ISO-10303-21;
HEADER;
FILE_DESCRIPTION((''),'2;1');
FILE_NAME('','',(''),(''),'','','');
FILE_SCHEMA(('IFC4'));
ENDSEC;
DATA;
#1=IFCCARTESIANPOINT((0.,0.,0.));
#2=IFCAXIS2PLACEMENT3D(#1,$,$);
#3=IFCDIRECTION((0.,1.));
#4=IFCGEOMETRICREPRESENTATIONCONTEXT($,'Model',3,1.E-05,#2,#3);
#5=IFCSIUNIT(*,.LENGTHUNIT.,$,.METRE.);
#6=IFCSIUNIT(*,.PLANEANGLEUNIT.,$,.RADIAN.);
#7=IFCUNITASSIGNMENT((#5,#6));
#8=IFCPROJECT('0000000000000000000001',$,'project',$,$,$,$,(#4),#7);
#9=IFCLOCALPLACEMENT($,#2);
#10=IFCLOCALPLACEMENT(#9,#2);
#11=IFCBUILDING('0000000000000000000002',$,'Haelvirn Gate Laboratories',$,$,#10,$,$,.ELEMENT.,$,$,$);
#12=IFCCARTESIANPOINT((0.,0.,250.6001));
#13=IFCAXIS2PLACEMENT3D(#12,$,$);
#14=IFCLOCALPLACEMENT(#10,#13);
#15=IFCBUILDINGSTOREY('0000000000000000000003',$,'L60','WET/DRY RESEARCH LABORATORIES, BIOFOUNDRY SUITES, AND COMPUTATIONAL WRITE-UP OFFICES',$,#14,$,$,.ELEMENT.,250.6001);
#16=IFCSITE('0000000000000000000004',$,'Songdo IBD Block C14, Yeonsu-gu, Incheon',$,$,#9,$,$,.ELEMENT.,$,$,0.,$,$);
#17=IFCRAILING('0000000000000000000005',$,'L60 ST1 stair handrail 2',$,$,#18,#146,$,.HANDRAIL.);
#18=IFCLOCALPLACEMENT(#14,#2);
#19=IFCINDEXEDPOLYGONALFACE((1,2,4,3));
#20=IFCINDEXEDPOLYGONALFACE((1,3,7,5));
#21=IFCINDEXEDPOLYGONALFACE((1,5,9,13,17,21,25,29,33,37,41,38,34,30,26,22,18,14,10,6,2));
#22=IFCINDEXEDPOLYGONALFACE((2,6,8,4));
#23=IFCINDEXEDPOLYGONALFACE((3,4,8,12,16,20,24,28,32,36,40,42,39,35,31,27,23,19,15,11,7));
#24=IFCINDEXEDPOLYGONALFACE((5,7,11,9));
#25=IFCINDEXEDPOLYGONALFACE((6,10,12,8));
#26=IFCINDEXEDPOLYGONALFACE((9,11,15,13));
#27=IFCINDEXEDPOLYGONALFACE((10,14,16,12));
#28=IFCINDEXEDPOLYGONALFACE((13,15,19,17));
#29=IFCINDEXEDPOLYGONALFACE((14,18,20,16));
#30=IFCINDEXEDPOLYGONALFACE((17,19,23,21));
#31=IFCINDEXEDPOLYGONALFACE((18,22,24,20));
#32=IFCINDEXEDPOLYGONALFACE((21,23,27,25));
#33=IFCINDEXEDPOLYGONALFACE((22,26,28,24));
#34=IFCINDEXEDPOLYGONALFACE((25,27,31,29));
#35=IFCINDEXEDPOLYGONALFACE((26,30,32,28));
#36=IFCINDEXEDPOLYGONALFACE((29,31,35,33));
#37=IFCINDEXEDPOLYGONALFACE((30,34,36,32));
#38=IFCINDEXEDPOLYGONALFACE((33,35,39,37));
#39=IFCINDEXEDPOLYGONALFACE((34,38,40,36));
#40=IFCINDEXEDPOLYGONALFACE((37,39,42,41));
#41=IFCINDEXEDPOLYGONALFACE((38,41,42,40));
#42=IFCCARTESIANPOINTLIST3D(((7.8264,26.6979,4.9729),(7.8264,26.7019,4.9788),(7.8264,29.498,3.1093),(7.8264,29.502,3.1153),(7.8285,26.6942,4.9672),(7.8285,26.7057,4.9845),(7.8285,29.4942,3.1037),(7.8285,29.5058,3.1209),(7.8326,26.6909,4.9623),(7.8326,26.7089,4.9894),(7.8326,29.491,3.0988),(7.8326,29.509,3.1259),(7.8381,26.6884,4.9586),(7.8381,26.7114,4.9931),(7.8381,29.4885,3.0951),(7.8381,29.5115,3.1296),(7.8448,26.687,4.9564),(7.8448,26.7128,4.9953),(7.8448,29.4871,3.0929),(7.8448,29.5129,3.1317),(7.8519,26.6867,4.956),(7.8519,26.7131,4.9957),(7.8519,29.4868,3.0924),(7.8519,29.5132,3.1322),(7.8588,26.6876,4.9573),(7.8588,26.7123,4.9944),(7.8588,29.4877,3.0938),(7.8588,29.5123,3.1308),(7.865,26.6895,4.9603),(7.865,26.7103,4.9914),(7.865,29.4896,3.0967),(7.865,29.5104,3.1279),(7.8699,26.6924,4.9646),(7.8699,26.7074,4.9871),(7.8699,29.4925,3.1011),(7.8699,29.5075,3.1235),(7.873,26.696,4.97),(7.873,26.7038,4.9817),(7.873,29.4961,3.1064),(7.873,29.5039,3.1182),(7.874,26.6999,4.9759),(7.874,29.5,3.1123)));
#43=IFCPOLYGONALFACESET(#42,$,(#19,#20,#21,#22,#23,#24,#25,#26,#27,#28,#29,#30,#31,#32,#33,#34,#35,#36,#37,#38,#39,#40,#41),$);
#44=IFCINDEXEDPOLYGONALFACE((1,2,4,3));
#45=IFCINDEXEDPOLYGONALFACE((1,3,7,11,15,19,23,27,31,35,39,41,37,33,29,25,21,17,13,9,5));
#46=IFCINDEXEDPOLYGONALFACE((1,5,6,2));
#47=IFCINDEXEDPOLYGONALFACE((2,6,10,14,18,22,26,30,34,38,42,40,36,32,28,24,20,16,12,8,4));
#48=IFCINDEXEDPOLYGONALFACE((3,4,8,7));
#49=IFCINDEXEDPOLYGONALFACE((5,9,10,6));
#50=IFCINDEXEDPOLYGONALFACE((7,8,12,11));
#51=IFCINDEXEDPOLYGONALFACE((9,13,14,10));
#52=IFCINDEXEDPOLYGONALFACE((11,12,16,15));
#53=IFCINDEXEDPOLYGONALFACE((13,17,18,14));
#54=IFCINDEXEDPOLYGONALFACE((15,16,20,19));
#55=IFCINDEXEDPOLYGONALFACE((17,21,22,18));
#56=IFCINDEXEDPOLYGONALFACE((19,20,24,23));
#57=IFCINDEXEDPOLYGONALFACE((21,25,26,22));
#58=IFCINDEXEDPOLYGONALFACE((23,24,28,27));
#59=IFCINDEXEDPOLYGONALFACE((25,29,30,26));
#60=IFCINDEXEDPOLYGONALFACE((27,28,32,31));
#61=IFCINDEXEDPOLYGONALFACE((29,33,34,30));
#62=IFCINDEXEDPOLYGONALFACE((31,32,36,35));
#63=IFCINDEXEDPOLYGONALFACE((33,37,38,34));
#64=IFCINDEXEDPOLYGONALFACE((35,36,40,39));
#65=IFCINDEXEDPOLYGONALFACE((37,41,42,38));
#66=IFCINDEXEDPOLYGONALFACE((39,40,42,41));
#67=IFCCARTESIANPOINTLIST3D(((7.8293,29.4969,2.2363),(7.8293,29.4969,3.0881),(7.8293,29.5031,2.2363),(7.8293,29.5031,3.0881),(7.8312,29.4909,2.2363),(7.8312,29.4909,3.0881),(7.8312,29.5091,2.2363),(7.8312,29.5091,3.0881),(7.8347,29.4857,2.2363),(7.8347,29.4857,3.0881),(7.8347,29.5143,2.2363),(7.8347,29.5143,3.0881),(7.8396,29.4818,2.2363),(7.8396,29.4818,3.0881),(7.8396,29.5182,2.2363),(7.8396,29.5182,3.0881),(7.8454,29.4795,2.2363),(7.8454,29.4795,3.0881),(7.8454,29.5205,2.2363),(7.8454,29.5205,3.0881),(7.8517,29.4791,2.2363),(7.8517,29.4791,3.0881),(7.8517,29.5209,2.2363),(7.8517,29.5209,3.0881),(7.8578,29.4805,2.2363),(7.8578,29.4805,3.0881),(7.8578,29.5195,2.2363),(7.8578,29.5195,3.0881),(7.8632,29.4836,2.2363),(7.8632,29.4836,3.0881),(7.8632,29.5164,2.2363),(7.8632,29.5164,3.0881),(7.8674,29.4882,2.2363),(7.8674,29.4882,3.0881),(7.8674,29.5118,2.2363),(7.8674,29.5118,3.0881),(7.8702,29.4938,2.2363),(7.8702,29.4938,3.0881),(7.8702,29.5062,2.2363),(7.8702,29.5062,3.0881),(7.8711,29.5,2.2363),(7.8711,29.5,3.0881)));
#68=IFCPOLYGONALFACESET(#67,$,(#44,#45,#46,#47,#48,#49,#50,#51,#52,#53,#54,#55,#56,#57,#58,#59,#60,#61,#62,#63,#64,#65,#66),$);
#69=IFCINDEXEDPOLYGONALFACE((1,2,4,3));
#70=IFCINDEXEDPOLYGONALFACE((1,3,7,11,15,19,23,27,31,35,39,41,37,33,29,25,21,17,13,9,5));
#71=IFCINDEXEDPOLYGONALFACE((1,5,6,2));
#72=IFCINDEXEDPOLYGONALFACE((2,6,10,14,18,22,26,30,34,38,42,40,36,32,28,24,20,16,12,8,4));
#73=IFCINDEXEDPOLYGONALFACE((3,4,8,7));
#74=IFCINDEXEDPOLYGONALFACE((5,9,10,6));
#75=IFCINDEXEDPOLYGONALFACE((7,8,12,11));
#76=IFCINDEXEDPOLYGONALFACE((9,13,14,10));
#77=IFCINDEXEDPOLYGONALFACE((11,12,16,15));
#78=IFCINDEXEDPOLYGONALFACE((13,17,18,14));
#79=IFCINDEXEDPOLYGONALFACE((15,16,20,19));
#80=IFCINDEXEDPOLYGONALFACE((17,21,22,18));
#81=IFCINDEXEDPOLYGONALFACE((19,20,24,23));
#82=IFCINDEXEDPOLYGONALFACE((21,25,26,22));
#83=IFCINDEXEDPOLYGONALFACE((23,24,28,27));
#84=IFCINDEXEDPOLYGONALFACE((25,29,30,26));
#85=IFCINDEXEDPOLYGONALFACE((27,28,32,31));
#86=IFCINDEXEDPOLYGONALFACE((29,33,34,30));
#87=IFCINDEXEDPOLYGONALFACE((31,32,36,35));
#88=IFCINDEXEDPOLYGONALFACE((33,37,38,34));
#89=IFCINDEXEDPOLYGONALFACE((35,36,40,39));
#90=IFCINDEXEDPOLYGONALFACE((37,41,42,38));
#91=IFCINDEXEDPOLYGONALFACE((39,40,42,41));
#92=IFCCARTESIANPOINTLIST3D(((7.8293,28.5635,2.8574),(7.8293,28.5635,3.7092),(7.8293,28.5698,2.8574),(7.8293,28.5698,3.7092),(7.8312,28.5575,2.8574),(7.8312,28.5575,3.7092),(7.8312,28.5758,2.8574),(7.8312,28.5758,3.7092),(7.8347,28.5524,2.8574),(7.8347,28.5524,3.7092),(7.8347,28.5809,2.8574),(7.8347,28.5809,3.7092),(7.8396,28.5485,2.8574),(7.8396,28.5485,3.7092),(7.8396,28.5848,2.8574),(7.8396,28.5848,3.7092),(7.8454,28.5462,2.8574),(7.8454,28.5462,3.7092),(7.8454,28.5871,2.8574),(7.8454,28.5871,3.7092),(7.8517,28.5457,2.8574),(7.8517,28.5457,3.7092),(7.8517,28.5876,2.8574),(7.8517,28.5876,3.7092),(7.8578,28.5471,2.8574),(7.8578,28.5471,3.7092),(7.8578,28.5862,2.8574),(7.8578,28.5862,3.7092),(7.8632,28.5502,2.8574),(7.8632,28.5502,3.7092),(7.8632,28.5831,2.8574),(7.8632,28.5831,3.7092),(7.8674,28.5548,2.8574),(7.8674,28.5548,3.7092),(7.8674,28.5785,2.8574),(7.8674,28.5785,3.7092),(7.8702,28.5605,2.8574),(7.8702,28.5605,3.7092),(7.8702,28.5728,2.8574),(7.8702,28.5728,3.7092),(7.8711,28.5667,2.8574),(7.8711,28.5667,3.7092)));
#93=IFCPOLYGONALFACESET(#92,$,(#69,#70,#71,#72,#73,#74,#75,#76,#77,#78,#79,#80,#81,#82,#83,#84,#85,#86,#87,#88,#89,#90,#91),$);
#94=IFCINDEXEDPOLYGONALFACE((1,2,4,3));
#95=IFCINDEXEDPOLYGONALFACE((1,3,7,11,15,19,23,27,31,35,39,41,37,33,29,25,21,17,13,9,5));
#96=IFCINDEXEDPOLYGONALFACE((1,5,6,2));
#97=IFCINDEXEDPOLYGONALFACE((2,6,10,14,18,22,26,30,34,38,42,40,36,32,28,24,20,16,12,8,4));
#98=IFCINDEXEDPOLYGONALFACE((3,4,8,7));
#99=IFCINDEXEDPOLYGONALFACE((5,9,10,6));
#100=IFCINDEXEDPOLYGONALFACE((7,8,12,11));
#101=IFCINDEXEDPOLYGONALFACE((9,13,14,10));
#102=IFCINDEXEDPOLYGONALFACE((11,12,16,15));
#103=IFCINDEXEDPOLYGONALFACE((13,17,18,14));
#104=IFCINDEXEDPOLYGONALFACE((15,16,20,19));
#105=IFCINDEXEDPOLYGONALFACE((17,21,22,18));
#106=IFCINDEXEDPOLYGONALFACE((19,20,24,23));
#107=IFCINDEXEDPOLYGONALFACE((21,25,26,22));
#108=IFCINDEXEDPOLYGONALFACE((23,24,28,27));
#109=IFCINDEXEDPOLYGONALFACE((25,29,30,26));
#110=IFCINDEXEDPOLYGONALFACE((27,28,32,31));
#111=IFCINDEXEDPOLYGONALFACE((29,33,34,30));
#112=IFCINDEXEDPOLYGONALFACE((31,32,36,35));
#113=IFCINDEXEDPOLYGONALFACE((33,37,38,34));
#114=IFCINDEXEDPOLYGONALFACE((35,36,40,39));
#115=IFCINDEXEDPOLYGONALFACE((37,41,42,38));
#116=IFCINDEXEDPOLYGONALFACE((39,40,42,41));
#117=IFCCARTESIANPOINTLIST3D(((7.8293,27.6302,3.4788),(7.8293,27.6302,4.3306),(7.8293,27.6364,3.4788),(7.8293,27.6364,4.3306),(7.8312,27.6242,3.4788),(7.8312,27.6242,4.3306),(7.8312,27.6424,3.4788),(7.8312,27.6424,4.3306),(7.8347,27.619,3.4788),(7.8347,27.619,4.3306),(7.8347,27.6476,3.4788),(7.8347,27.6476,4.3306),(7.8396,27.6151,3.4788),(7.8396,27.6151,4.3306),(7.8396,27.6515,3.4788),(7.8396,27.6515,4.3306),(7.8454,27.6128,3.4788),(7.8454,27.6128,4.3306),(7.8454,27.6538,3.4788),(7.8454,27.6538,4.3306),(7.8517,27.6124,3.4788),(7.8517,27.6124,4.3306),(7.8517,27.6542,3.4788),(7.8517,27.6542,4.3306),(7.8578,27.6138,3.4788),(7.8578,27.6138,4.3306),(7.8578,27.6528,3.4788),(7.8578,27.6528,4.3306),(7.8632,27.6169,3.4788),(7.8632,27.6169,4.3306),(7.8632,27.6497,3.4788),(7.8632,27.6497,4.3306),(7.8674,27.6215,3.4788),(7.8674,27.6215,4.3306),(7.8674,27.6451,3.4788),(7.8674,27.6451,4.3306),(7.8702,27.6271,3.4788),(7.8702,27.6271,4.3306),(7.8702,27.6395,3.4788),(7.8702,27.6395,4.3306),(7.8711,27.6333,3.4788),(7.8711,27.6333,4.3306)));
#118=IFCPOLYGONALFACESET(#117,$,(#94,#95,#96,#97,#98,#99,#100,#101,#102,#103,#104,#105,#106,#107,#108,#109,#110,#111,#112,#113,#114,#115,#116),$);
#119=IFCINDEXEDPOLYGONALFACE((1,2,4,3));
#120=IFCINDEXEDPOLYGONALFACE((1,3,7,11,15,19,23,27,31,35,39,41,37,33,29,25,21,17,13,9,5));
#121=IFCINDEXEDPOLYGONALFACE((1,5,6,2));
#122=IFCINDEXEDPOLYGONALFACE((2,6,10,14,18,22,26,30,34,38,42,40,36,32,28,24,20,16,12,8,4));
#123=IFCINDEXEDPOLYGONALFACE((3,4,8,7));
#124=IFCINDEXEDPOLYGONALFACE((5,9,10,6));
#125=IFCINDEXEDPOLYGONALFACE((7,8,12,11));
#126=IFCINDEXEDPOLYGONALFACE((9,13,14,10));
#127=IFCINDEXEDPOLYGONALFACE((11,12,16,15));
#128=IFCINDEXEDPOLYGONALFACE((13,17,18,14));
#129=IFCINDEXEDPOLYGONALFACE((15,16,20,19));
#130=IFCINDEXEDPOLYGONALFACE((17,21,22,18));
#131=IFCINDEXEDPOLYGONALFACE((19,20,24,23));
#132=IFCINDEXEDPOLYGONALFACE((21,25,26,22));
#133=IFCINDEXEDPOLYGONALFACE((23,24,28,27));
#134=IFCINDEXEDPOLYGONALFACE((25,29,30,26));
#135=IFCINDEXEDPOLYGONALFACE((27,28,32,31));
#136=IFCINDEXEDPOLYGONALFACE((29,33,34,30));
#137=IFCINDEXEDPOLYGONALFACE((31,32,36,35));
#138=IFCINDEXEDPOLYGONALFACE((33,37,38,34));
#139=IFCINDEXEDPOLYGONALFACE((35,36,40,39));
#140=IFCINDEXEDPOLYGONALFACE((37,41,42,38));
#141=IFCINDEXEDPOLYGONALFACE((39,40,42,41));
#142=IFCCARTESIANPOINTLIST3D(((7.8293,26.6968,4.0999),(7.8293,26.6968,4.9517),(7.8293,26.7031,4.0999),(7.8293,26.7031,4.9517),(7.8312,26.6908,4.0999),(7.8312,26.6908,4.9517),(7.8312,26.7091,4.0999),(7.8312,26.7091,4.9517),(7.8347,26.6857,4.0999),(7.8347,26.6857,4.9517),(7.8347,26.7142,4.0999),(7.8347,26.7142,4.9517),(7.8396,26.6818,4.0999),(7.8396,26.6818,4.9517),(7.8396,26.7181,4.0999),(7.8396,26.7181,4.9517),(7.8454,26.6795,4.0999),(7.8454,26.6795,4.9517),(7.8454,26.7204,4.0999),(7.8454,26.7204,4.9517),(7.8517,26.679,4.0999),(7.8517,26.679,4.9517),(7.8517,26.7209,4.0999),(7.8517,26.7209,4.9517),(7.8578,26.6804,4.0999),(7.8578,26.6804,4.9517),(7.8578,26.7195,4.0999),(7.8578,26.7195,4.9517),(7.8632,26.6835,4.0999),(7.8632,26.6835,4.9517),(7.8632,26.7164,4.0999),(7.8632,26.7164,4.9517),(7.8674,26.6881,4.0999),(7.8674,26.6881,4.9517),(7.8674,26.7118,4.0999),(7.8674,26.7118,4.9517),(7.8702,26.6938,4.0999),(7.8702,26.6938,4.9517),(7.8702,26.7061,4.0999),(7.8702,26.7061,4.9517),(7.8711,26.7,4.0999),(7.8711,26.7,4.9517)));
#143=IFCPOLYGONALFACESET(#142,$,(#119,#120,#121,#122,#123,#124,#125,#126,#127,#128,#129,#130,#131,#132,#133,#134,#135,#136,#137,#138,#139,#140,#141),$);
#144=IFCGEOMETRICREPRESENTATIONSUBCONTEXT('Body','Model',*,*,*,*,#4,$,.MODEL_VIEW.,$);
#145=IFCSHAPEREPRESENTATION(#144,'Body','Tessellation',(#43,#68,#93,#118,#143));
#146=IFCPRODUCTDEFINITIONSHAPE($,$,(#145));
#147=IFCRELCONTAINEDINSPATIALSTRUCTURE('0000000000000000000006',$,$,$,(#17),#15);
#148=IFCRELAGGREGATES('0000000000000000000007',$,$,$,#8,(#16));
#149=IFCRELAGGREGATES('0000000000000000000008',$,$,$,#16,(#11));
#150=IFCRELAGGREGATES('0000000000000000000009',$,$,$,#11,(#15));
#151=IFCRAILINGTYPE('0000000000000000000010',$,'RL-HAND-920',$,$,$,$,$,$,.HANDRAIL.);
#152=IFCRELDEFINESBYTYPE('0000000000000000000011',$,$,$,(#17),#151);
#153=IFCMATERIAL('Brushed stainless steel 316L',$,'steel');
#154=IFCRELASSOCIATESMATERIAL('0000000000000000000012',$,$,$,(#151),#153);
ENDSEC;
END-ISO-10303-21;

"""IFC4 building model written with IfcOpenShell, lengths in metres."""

from ifc_helpers import new_model, si_unit, direction, frame, origin, origin_2d, place, context, subcontext, project, spatial, circle, extrude, source, transform, mapped, material, type_object, element, save


model = new_model("IFC4")

# Units and contexts
model_context = context("Model", 3, precision=1e-05, world=origin(), true_north=direction((0.0, 1.0)))
body_context = subcontext(model_context, "Body", "Model", "MODEL_VIEW")
ifc_project = project(units=[si_unit("LENGTHUNIT", "METRE"), si_unit("PLANEANGLEUNIT", "RADIAN")], contexts=[model_context])

# Site, building, storey
site_placement = place(None, origin())
site = spatial("IfcSite", under=ifc_project, at=site_placement, Name="Songdo IBD Block C14, Yeonsu-gu, Incheon", CompositionType="ELEMENT", RefElevation=0.0)
building_placement = place(site_placement, origin())
building = spatial("IfcBuilding", under=site, at=building_placement, Name="Haelvirn Gate Laboratories", CompositionType="ELEMENT")
storey_placement = place(building_placement, frame((0.0, 0.0, 250.6001)))
storey = spatial("IfcBuildingStorey", under=building, at=storey_placement, Name="L60", Description="WET/DRY RESEARCH LABORATORIES, BIOFOUNDRY SUITES, AND COMPUTATIONAL WRITE-UP OFFICES", CompositionType="ELEMENT", Elevation=250.6001)

# Railing
ifc_material_1 = material(Name="Brushed stainless steel 316L", Category="steel")
railing_type_1 = type_object("IfcRailingType", Name="RL-HAND-920", PredefinedType="HANDRAIL", material=ifc_material_1)
shared_shape_1 = source(origin(), body_context, "Body", "SweptSolid", [
    extrude(circle(Radius=0.0239, at=origin_2d()), frame((0.0, 0.0, 0.876), z_axis=(0.0, -0.832486, 0.554047), x_axis=(1.0, 0.0, 0.0)), (0.0, 0.0, 1.0), 3.3635),
    extrude(circle(Radius=0.021, at=origin_2d()), origin(), (0.0, 0.0, 1.0), 0.8518),
    extrude(circle(Radius=0.021, at=origin_2d()), frame((0.0, -0.9333, 0.6211)), (0.0, 0.0, 1.0), 0.8518),
    extrude(circle(Radius=0.021, at=origin_2d()), frame((0.0, -1.8667, 1.2424)), (0.0, 0.0, 1.0), 0.8518),
    extrude(circle(Radius=0.021, at=origin_2d()), frame((0.0, -2.8, 1.8635)), (0.0, 0.0, 1.0), 0.8518),
])
railing_1_placement = place(storey_placement, frame((7.8501, 29.5, 2.2363)))
element("IfcRailing", 1, at=railing_1_placement, inside=storey, type_object=railing_type_1, Name="L60 ST1 stair handrail 2", PredefinedType="HANDRAIL", context=body_context, shape_type="MappedRepresentation", body=[
    mapped(shared_shape_1, transform((0.0, 0.0, 0.0), scale=1.0)),
])

save(model, "model.ifc")
